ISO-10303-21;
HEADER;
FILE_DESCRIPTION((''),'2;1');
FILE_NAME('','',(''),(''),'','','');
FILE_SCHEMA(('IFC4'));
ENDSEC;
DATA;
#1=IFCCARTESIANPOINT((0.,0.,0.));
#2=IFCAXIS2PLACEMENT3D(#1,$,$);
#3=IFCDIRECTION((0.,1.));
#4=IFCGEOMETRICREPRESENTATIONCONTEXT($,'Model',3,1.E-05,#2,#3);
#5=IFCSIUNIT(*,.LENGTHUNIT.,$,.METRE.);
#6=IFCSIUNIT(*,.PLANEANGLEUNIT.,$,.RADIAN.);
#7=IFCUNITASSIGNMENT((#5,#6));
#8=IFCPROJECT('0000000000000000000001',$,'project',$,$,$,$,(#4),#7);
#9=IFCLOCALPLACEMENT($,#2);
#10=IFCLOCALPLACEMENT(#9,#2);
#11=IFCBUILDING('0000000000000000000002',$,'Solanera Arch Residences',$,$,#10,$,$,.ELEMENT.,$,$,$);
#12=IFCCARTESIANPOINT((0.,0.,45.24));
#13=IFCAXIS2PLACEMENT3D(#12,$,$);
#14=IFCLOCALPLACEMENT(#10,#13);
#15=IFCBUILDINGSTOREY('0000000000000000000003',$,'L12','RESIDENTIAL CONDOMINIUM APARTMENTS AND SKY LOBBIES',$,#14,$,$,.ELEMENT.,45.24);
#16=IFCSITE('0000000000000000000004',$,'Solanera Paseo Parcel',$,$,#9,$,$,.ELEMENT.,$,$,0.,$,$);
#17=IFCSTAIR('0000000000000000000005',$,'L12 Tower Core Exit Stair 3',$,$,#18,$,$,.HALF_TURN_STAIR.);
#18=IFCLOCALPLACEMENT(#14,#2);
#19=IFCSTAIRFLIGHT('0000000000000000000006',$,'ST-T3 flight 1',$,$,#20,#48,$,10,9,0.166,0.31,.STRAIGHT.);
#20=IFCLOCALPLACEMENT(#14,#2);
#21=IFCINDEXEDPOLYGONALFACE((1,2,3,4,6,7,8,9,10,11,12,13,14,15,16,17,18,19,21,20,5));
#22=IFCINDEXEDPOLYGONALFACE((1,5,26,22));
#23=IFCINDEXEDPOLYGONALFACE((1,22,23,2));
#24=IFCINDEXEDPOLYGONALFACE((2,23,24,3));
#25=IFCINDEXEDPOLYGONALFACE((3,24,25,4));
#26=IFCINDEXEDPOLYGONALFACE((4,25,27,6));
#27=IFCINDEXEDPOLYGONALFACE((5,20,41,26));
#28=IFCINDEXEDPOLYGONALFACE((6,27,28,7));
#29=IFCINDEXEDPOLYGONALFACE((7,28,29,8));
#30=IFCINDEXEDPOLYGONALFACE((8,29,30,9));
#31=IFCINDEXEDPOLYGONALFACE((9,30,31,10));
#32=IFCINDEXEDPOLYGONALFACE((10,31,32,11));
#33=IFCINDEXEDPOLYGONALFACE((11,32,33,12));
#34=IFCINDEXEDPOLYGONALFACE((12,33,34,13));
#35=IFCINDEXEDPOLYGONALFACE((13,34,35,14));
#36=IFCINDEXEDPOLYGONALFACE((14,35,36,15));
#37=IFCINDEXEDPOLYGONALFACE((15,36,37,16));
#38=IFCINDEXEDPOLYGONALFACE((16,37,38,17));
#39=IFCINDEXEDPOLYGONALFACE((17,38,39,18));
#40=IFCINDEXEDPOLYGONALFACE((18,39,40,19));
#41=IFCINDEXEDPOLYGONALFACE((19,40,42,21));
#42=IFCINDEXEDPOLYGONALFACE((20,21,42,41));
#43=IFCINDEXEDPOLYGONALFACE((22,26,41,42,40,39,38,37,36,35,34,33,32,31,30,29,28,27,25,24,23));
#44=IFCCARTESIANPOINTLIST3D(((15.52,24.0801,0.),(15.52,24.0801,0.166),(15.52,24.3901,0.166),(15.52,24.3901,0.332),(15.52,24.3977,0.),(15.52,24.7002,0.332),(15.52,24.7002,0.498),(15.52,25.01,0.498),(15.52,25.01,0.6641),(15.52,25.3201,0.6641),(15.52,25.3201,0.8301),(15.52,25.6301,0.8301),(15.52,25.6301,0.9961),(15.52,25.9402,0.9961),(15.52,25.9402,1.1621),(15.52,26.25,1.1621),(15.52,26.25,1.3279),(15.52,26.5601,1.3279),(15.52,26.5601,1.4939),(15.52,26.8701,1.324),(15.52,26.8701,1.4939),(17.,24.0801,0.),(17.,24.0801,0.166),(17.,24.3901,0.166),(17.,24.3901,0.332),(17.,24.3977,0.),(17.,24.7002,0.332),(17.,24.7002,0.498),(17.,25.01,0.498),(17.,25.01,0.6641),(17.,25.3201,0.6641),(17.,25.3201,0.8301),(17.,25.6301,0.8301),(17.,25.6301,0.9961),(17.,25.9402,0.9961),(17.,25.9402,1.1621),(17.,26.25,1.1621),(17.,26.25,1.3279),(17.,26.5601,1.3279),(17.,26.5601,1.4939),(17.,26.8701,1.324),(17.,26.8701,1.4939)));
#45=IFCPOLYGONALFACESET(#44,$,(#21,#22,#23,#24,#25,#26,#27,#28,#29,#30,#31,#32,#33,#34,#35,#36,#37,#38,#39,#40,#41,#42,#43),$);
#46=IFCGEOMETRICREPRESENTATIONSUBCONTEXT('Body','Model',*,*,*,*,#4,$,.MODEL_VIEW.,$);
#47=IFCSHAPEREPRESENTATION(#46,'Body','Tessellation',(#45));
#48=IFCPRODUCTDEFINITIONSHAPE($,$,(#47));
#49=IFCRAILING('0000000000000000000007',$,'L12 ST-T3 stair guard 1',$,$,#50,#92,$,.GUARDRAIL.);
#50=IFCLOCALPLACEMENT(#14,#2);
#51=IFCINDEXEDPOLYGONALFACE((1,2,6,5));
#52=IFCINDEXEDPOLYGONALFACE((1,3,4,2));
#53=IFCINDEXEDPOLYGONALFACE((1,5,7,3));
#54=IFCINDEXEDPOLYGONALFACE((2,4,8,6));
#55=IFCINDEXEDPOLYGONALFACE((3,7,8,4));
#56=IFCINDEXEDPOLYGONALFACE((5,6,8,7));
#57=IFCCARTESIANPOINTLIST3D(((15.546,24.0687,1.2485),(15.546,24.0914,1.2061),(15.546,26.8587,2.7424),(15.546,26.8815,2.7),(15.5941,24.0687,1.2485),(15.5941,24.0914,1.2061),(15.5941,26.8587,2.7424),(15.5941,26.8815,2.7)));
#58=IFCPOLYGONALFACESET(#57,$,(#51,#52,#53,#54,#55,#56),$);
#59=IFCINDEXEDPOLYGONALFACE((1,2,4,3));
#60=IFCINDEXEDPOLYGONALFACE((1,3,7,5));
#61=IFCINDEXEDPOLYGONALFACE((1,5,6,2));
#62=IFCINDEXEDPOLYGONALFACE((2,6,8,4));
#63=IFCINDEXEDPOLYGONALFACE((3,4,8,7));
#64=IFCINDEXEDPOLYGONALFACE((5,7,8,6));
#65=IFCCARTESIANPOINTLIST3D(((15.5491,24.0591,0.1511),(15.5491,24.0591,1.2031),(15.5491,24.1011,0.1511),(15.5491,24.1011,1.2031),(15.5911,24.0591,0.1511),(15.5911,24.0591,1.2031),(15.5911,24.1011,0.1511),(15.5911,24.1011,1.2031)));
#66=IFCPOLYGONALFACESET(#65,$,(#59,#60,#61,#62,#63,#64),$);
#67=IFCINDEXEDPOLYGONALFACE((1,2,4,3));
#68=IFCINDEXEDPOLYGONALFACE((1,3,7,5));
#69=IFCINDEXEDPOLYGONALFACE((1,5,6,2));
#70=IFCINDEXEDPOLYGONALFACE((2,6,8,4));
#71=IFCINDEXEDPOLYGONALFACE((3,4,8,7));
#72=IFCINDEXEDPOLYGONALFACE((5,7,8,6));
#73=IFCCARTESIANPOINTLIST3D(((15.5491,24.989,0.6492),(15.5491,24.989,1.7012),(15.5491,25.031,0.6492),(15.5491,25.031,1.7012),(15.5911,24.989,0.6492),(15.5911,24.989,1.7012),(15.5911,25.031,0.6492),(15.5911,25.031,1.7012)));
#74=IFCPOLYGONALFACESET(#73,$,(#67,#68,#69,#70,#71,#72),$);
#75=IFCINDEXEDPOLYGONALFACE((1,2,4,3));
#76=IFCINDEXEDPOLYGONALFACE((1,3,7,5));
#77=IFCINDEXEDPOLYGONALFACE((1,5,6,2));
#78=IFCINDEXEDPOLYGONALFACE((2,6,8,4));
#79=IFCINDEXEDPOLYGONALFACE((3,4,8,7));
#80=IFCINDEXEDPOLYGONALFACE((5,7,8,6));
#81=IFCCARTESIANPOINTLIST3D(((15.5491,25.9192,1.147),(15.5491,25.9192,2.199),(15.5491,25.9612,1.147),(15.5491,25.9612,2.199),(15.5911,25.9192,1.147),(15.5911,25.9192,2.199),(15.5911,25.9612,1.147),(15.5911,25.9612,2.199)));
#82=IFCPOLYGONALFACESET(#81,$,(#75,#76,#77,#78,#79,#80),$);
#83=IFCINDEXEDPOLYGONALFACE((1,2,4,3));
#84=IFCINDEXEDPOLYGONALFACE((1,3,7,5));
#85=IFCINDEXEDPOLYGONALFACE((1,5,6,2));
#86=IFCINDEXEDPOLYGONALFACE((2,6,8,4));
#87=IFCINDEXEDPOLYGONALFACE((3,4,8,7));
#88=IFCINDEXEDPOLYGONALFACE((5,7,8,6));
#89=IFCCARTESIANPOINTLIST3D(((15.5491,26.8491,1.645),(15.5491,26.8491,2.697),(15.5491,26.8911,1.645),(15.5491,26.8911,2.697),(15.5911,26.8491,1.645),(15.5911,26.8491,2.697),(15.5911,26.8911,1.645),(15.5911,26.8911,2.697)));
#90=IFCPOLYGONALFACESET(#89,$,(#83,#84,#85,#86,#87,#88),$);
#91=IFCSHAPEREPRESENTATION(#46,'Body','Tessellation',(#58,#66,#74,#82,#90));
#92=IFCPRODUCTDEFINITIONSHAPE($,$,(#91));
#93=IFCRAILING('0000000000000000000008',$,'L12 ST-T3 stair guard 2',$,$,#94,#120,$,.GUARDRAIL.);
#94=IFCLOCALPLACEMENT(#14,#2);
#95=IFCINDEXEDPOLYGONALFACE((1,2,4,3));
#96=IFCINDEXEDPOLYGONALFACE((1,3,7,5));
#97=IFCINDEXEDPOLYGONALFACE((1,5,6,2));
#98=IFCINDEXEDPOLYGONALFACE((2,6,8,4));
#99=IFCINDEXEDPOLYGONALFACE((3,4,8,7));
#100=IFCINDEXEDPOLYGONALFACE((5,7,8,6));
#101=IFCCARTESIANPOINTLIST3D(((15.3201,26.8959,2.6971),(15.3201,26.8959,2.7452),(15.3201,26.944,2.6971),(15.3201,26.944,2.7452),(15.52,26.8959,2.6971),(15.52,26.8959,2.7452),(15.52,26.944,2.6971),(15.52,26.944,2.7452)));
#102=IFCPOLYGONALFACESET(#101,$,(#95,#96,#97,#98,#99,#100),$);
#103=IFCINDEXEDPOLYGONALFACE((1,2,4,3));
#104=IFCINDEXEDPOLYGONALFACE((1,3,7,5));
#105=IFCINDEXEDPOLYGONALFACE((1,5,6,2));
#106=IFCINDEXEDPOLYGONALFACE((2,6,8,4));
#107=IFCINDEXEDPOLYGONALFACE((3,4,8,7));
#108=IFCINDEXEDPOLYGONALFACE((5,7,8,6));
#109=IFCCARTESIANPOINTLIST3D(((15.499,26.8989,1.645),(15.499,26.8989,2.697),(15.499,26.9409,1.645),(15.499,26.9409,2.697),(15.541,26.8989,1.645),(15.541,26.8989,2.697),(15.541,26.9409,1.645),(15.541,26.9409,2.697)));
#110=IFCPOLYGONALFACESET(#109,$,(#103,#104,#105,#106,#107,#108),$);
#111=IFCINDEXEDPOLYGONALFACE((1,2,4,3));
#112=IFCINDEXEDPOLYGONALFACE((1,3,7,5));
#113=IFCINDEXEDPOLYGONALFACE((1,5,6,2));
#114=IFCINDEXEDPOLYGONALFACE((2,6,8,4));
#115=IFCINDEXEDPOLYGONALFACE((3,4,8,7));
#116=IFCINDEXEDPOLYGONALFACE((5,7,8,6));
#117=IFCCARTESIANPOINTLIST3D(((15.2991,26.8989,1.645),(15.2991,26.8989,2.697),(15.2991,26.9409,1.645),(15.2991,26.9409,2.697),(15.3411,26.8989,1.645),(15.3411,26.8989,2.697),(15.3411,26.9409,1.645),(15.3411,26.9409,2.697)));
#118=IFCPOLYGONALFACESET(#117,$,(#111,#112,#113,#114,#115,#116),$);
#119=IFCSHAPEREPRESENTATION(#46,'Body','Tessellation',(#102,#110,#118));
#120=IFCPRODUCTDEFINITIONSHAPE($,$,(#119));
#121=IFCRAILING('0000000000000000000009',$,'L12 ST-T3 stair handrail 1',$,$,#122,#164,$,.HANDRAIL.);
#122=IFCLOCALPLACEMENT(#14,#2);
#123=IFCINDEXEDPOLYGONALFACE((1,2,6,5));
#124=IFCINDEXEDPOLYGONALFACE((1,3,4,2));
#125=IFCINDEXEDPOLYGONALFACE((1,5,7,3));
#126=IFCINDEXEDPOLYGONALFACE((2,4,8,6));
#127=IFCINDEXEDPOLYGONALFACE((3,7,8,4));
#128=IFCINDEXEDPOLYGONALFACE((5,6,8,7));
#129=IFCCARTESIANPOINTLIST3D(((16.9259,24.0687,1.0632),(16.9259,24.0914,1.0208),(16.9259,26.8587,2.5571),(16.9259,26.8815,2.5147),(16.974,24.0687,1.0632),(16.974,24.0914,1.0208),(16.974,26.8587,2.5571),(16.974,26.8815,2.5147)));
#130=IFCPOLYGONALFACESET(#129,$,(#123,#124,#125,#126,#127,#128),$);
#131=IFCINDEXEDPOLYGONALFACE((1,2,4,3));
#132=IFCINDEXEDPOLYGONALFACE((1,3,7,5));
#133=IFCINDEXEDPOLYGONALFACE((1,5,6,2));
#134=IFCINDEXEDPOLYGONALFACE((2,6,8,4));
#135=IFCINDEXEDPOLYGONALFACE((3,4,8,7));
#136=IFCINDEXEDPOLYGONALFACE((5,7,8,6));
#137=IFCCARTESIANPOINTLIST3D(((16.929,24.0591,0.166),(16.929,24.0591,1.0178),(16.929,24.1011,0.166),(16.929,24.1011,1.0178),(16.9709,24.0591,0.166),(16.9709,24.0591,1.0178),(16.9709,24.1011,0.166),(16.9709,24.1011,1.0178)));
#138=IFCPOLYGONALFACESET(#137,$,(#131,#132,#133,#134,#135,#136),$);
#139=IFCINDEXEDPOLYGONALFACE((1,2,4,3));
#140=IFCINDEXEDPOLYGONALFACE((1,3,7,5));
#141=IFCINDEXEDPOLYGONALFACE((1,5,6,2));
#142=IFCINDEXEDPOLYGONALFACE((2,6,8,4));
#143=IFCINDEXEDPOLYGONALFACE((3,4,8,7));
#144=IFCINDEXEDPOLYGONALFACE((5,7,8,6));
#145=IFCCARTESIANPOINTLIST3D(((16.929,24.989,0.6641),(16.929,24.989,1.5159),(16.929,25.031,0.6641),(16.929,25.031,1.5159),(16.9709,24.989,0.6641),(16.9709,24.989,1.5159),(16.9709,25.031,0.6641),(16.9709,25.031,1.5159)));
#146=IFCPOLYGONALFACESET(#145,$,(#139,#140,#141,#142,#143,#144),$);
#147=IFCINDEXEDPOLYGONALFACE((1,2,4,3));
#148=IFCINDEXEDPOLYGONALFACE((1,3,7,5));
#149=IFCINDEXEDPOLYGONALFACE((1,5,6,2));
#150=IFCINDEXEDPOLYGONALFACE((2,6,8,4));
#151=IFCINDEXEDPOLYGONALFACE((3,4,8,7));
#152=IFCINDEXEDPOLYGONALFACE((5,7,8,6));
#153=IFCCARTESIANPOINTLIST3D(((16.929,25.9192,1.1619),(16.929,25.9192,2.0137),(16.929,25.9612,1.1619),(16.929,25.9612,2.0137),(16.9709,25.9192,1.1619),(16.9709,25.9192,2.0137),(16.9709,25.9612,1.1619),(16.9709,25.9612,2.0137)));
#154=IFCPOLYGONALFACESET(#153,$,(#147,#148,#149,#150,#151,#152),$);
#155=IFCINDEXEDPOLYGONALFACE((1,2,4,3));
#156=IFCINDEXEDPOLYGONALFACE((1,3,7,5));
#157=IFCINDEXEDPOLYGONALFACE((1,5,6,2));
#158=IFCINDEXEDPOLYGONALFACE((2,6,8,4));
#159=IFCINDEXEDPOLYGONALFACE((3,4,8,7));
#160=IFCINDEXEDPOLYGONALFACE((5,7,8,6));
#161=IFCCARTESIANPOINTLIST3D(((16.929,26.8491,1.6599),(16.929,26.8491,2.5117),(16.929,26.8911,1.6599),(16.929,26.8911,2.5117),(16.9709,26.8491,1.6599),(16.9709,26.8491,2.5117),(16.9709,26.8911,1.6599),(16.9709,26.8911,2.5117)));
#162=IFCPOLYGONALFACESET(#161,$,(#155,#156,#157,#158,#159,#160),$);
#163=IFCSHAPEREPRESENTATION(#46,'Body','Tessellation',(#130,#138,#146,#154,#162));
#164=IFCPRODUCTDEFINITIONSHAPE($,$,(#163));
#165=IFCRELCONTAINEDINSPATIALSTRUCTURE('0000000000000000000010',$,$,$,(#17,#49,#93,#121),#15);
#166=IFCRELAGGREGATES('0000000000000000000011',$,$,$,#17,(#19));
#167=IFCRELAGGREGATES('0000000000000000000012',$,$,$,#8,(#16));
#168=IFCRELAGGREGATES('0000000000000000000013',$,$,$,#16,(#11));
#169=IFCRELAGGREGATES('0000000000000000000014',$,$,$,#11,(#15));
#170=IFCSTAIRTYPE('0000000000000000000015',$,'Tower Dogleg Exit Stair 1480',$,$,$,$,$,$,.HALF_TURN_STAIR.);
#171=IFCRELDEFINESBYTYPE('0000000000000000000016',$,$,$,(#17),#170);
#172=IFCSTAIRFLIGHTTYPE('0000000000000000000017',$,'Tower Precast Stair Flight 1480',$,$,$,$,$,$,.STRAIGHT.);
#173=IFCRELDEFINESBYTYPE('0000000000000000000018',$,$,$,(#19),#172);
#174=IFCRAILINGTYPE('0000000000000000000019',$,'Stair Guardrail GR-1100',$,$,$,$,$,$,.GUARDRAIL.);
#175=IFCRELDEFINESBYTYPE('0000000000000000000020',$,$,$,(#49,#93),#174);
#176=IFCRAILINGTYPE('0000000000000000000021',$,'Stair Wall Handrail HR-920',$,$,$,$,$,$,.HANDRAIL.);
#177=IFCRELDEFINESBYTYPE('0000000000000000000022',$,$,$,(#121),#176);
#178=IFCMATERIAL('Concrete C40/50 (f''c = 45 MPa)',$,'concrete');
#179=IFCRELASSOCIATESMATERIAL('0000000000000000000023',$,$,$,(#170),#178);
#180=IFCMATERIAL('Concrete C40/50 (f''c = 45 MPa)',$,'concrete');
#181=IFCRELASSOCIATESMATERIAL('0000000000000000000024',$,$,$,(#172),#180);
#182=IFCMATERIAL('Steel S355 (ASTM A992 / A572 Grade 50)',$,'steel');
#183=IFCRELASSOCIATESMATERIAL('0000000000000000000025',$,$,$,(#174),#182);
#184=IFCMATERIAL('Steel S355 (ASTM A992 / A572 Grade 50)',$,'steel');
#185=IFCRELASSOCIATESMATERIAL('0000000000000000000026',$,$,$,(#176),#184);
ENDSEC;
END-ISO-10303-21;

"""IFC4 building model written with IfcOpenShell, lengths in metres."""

from ifc_helpers import new_model, si_unit, direction, frame, origin, origin_2d, place, context, subcontext, project, spatial, polyline, rectangle, outline, extrude, material, type_object, element, aggregate, save


model = new_model("IFC4")

# Units and contexts
model_context = context("Model", 3, precision=1e-05, world=origin(), true_north=direction((0.0, 1.0)))
body_context = subcontext(model_context, "Body", "Model", "MODEL_VIEW")
ifc_project = project(units=[si_unit("LENGTHUNIT", "METRE"), si_unit("PLANEANGLEUNIT", "RADIAN")], contexts=[model_context])

# Site, building, storey
site_placement = place(None, origin())
site = spatial("IfcSite", under=ifc_project, at=site_placement, Name="Solanera Paseo Parcel", CompositionType="ELEMENT", RefElevation=0.0)
building_placement = place(site_placement, origin())
building = spatial("IfcBuilding", under=site, at=building_placement, Name="Solanera Arch Residences", CompositionType="ELEMENT")
storey_placement = place(building_placement, frame((0.0, 0.0, 45.24)))
storey = spatial("IfcBuildingStorey", under=building, at=storey_placement, Name="L12", Description="RESIDENTIAL CONDOMINIUM APARTMENTS AND SKY LOBBIES", CompositionType="ELEMENT", Elevation=45.24)

# Stair, stair flight
ifc_material_1 = material(Name="Concrete C40/50 (f'c = 45 MPa)", Category="concrete")
stair_type = type_object("IfcStairType", Name="Tower Dogleg Exit Stair 1480", PredefinedType="HALF_TURN_STAIR", material=ifc_material_1)
stair_placement = place(storey_placement, origin())
stair = element("IfcStair", 1, at=stair_placement, inside=storey, type_object=stair_type, Name="L12 Tower Core Exit Stair 3", PredefinedType="HALF_TURN_STAIR")
ifc_material_2 = material(Name="Concrete C40/50 (f'c = 45 MPa)", Category="concrete")
stair_flight_type = type_object("IfcStairFlightType", Name="Tower Precast Stair Flight 1480", PredefinedType="STRAIGHT", material=ifc_material_2)
stair_flight_placement = place(storey_placement, frame((16.26, 24.0801, 0.0), z_axis=(0.0, 0.0, 1.0), x_axis=(0.0, 1.0, 0.0)))
stair_flight = element("IfcStairFlight", 2, at=stair_flight_placement, type_object=stair_flight_type, Name="ST-T3 flight 1", NumberOfRisers=10, NumberOfTreads=9, PredefinedType="STRAIGHT", RiserHeight=0.166, TreadLength=0.31, context=body_context, shape_type="SweptSolid", body=[
    extrude(outline(polyline([(0.0, 0.0), (0.0, 0.166), (0.3101, 0.166), (0.3101, 0.332), (0.6201, 0.332), (0.6201, 0.498), (0.9299, 0.498), (0.9299, 0.6641), (1.24, 0.6641), (1.24, 0.8301), (1.55, 0.8301), (1.55, 0.9961), (1.8601, 0.9961), (1.8601, 1.1621), (2.1699, 1.1621), (2.1699, 1.3279), (2.48, 1.3279), (2.48, 1.4939), (2.79, 1.4939), (2.79, 1.6599), (2.79, 1.324), (0.3176, 0.0), (0.0, 0.0)])), frame((0.0, 0.74, 0.0), z_axis=(0.0, -1.0, 0.0), x_axis=(1.0, 0.0, 0.0)), (0.0, 0.0, 1.0), 1.48),
])
aggregate(stair, [stair_flight])

# Railings
ifc_material_3 = material(Name="Steel S355 (ASTM A992 / A572 Grade 50)", Category="steel")
railing_type_1 = type_object("IfcRailingType", Name="Stair Guardrail GR-1100", PredefinedType="GUARDRAIL", material=ifc_material_3)
railing_1_placement = place(storey_placement, frame((15.5701, 24.0801, 0.1511)))
element("IfcRailing", 3, at=railing_1_placement, inside=storey, type_object=railing_type_1, Name="L12 ST-T3 stair guard 1", PredefinedType="GUARDRAIL", context=body_context, shape_type="SweptSolid", body=[
    extrude(rectangle(XDim=0.0481, YDim=0.0481, at=origin_2d()), frame((0.0, 0.0, 1.0762), z_axis=(0.0, 0.881581, 0.472033), x_axis=(-1.0, 0.0, 0.0)), (0.0, 0.0, 1.0), 3.1648),
    extrude(rectangle(XDim=0.042, YDim=0.042, at=origin_2d()), origin(), (0.0, 0.0, 1.0), 1.052),
    extrude(rectangle(XDim=0.042, YDim=0.042, at=origin_2d()), frame((0.0, 0.9299, 0.498)), (0.0, 0.0, 1.0), 1.052),
    extrude(rectangle(XDim=0.042, YDim=0.042, at=origin_2d()), frame((0.0, 1.8601, 0.9958)), (0.0, 0.0, 1.0), 1.052),
    extrude(rectangle(XDim=0.042, YDim=0.042, at=origin_2d()), frame((0.0, 2.79, 1.4939)), (0.0, 0.0, 1.0), 1.052),
])
railing_2_placement = place(storey_placement, frame((15.52, 26.9199, 1.645)))
element("IfcRailing", 4, at=railing_2_placement, inside=storey, type_object=railing_type_1, Name="L12 ST-T3 stair guard 2", PredefinedType="GUARDRAIL", context=body_context, shape_type="SweptSolid", body=[
    extrude(rectangle(XDim=0.0481, YDim=0.0481, at=origin_2d()), frame((0.0, 0.0, 1.0762), z_axis=(-1.0, 0.0, 0.0), x_axis=(0.0, -1.0, 0.0)), (0.0, 0.0, 1.0), 0.2),
    extrude(rectangle(XDim=0.042, YDim=0.042, at=origin_2d()), origin(), (0.0, 0.0, 1.0), 1.052),
    extrude(rectangle(XDim=0.042, YDim=0.042, at=origin_2d()), frame((-0.2, 0.0, 0.0)), (0.0, 0.0, 1.0), 1.052),
])
ifc_material_4 = material(Name="Steel S355 (ASTM A992 / A572 Grade 50)", Category="steel")
railing_type_2 = type_object("IfcRailingType", Name="Stair Wall Handrail HR-920", PredefinedType="HANDRAIL", material=ifc_material_4)
railing_3_placement = place(storey_placement, frame((16.95, 24.0801, 0.166)))
element("IfcRailing", 5, at=railing_3_placement, inside=storey, type_object=railing_type_2, Name="L12 ST-T3 stair handrail 1", PredefinedType="HANDRAIL", context=body_context, shape_type="SweptSolid", body=[
    extrude(rectangle(XDim=0.0481, YDim=0.0481, at=origin_2d()), frame((0.0, 0.0, 0.876), z_axis=(0.0, 0.881581, 0.472033), x_axis=(-1.0, 0.0, 0.0)), (0.0, 0.0, 1.0), 3.1648),
    extrude(rectangle(XDim=0.042, YDim=0.042, at=origin_2d()), origin(), (0.0, 0.0, 1.0), 0.8518),
    extrude(rectangle(XDim=0.042, YDim=0.042, at=origin_2d()), frame((0.0, 0.9299, 0.498)), (0.0, 0.0, 1.0), 0.8518),
    extrude(rectangle(XDim=0.042, YDim=0.042, at=origin_2d()), frame((0.0, 1.8601, 0.9958)), (0.0, 0.0, 1.0), 0.8518),
    extrude(rectangle(XDim=0.042, YDim=0.042, at=origin_2d()), frame((0.0, 2.79, 1.4939)), (0.0, 0.0, 1.0), 0.8518),
])

save(model, "model.ifc")
